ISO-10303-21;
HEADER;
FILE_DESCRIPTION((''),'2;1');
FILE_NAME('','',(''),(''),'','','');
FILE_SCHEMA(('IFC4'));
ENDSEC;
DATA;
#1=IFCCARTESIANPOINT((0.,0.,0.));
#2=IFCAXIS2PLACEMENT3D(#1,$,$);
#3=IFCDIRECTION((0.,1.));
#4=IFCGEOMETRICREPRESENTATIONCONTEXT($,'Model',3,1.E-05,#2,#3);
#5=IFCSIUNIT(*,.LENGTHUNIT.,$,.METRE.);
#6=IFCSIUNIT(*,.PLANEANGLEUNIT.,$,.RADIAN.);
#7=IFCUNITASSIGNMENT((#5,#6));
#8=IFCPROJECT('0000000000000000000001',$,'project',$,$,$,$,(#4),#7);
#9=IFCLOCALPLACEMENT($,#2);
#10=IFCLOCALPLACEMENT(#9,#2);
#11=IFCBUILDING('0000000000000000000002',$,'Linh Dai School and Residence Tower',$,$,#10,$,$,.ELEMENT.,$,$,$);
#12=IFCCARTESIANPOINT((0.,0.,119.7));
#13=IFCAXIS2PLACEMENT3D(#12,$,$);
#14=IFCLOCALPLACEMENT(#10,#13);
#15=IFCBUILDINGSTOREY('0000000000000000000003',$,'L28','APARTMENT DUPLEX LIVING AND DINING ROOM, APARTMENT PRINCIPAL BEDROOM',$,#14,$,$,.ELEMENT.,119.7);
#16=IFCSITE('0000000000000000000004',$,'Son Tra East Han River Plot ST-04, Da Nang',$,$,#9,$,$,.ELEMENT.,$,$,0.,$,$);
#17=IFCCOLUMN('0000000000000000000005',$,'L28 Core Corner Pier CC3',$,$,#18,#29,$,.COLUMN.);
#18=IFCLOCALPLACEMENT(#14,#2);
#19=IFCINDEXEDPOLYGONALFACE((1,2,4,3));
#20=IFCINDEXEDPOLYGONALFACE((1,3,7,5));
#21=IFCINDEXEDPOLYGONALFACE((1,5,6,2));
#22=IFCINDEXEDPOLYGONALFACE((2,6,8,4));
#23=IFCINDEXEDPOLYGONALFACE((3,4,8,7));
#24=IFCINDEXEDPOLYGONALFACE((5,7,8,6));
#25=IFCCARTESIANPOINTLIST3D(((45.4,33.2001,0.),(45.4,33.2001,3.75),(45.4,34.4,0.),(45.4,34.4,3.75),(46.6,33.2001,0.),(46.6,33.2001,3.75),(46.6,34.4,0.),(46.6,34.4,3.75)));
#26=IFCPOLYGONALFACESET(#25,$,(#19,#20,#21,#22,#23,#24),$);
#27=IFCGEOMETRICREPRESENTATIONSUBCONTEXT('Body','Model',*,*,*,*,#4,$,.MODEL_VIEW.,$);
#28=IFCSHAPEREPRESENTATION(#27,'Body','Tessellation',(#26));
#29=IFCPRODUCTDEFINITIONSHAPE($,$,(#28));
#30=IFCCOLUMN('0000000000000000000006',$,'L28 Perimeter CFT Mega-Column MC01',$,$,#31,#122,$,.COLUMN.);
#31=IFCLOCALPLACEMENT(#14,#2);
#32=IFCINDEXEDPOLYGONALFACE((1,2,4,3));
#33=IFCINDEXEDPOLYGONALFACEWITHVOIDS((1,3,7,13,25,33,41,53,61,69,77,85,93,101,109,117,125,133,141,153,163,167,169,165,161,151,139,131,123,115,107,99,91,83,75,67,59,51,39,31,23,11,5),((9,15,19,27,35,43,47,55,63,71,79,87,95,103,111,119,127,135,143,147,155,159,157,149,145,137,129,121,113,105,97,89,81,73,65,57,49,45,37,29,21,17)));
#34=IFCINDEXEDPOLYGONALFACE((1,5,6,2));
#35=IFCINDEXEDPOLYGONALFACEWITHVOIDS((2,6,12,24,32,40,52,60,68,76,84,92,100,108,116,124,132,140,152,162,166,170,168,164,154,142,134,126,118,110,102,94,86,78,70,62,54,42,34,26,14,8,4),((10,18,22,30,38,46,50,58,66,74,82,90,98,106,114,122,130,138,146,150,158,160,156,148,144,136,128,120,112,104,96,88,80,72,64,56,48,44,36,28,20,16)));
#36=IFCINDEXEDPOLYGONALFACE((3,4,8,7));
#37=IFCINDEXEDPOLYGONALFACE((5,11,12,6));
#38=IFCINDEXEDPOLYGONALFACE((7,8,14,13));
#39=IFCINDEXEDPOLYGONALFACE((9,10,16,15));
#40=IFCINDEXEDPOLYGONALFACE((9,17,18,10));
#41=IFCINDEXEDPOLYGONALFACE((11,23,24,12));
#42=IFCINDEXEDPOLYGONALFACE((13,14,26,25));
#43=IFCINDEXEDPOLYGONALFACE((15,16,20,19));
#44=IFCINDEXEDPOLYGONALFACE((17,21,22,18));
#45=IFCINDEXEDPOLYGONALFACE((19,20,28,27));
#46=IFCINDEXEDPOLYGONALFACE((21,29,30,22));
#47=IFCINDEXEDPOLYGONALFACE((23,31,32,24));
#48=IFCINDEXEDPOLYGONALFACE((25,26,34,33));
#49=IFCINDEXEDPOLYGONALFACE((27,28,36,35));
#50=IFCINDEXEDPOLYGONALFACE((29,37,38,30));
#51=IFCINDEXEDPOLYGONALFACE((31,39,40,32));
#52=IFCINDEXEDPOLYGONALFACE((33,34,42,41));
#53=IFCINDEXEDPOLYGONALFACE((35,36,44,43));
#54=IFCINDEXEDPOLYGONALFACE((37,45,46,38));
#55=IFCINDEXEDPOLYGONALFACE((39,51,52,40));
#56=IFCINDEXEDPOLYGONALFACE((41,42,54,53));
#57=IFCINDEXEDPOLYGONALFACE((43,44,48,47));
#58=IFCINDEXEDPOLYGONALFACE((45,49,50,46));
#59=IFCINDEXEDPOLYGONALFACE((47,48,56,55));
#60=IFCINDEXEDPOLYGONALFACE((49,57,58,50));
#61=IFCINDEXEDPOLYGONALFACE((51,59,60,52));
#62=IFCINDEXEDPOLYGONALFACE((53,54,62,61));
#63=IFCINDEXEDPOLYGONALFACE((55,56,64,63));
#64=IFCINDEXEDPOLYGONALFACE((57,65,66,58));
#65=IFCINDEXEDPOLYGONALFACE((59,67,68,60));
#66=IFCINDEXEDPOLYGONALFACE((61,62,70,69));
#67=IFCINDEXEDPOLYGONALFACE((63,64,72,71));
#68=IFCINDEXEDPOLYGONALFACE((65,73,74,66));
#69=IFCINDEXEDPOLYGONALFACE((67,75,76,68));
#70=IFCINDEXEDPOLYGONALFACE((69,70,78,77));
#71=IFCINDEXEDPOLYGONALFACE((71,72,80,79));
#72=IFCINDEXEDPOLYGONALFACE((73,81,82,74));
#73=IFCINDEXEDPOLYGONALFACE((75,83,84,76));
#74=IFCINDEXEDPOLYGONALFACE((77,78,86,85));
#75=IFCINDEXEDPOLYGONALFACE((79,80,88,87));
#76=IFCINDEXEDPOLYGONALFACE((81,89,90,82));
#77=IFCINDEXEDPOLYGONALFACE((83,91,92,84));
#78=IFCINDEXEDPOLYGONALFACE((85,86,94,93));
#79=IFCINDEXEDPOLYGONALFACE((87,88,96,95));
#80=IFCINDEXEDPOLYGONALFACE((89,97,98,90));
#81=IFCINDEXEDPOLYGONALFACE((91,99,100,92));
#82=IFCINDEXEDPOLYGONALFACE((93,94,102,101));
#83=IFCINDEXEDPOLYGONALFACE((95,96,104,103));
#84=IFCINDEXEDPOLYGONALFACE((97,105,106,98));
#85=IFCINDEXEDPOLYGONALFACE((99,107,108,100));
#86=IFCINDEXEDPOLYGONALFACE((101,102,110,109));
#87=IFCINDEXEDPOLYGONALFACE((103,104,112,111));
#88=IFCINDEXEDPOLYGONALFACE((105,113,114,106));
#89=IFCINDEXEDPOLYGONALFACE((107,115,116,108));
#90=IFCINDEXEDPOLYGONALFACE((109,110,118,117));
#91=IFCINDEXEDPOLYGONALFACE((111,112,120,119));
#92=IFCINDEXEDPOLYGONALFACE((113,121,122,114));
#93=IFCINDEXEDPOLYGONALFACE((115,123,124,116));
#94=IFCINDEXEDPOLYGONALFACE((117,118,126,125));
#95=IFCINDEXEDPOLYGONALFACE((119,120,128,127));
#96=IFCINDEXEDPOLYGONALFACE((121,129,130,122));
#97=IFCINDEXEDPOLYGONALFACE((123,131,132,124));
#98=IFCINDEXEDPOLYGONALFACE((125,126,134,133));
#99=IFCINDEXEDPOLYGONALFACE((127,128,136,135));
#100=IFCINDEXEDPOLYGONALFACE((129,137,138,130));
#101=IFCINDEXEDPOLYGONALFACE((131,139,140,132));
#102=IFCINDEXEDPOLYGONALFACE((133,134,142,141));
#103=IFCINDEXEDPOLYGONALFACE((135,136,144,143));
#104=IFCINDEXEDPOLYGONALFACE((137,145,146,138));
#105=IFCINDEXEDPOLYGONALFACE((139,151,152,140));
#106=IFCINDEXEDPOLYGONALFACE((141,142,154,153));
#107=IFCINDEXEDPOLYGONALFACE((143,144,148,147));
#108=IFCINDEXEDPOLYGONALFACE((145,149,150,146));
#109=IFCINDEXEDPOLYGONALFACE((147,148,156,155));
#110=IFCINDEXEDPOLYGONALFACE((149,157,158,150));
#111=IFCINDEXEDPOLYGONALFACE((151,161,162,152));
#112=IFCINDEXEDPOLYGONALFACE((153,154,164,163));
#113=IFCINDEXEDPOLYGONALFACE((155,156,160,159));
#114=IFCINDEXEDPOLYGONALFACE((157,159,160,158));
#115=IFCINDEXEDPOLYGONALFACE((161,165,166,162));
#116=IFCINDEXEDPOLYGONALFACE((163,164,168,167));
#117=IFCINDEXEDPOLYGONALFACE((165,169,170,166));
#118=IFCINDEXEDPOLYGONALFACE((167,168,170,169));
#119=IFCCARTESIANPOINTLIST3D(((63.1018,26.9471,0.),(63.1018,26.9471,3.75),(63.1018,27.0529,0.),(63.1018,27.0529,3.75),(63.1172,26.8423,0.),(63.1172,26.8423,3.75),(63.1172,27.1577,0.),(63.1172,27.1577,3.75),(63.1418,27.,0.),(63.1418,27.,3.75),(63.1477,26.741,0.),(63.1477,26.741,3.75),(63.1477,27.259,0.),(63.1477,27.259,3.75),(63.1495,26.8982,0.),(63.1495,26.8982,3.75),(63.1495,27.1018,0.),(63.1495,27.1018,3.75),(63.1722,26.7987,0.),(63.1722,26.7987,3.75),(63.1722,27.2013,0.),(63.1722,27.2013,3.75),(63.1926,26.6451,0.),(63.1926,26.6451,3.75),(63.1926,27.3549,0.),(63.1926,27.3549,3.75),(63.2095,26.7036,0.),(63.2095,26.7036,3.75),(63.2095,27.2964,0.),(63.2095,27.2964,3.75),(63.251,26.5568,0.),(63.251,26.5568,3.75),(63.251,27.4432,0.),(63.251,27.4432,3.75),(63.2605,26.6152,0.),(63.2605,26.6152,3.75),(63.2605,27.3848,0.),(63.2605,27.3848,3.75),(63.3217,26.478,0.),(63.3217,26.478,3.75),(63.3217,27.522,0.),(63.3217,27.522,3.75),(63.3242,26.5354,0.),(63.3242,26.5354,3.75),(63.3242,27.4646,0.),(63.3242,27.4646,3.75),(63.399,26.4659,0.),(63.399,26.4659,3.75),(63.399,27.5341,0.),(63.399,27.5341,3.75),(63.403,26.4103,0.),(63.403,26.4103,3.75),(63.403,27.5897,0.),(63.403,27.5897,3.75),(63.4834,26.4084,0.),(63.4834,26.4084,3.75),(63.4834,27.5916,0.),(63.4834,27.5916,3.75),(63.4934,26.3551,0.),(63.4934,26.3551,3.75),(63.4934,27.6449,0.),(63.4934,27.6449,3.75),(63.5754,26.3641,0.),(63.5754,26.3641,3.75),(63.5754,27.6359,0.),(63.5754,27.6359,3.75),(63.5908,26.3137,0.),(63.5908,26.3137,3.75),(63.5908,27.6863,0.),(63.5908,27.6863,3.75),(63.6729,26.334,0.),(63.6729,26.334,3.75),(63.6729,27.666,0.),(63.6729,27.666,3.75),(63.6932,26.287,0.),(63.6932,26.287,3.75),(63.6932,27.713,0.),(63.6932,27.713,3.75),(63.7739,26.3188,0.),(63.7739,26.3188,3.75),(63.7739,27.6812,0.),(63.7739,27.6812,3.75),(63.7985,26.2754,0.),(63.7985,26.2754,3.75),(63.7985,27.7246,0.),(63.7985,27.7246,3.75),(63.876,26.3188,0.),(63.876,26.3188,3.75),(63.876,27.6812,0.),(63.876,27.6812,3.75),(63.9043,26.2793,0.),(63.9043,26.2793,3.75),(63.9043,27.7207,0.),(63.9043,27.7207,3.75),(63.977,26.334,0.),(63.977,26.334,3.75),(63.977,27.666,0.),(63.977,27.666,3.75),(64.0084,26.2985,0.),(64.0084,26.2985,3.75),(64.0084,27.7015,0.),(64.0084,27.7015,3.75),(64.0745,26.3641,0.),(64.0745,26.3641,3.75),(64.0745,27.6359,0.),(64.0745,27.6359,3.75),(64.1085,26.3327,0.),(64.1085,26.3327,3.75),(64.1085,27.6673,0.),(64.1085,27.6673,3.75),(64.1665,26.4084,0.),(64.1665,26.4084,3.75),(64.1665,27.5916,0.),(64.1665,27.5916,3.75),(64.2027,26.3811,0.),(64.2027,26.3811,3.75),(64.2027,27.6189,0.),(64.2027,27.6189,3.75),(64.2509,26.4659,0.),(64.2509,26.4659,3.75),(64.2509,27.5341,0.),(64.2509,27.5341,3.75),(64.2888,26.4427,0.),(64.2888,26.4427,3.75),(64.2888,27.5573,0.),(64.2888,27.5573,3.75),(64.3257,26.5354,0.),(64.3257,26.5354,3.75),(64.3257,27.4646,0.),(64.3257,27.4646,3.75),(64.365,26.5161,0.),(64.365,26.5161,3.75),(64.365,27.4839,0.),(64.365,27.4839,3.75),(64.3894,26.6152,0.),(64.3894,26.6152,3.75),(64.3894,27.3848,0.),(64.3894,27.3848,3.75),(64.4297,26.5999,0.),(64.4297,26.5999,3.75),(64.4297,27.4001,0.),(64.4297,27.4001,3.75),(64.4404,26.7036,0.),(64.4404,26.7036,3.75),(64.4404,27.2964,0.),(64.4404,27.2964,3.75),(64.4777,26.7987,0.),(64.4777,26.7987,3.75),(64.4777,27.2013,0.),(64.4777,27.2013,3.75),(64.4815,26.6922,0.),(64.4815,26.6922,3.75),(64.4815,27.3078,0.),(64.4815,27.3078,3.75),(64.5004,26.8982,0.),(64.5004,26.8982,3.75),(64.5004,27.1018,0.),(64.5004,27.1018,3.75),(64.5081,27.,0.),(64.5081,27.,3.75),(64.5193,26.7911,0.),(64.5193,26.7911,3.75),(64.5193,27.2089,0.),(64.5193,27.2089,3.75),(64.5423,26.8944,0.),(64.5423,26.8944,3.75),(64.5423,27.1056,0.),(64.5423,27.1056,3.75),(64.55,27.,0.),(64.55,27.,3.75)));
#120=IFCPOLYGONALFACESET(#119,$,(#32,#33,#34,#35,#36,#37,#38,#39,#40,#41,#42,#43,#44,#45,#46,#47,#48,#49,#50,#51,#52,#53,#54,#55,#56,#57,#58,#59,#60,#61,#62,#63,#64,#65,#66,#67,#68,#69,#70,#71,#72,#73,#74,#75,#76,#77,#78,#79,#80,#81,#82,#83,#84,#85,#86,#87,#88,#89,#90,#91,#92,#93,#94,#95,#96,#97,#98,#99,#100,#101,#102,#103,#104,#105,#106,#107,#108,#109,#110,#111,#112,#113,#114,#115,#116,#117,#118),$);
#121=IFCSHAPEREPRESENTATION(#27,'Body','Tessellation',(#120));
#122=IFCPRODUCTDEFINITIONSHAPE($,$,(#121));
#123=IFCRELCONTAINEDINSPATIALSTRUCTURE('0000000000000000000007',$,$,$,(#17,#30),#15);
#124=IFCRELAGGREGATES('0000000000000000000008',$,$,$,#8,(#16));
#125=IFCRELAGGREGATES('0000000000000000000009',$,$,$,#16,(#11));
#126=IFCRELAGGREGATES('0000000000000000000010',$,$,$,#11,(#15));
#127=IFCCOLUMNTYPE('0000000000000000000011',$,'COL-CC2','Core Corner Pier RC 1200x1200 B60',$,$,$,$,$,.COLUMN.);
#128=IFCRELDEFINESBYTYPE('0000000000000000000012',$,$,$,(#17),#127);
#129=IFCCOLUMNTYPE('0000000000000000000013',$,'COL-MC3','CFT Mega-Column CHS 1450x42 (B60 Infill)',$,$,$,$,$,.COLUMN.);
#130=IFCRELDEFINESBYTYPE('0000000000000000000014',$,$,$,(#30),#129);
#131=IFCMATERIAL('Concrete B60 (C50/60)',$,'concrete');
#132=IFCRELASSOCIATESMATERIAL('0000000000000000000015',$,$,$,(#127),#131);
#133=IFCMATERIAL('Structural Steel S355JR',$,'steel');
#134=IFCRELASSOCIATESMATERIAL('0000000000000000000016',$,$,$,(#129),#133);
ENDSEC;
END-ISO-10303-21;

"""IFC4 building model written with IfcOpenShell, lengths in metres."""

from ifc_helpers import new_model, si_unit, direction, frame, origin, origin_2d, place, context, subcontext, project, spatial, rectangle, hollow_circle, extrude, material, material_profile, profile_set, type_object, element, save


model = new_model("IFC4")

# Units and contexts
model_context = context("Model", 3, precision=1e-05, world=origin(), true_north=direction((0.0, 1.0)))
body_context = subcontext(model_context, "Body", "Model", "MODEL_VIEW")
ifc_project = project(units=[si_unit("LENGTHUNIT", "METRE"), si_unit("PLANEANGLEUNIT", "RADIAN")], contexts=[model_context])

# Site, building, storey
site_placement = place(None, origin())
site = spatial("IfcSite", under=ifc_project, at=site_placement, Name="Son Tra East Han River Plot ST-04, Da Nang", CompositionType="ELEMENT", RefElevation=0.0)
building_placement = place(site_placement, origin())
building = spatial("IfcBuilding", under=site, at=building_placement, Name="Linh Dai School and Residence Tower", CompositionType="ELEMENT")
storey_placement = place(building_placement, frame((0.0, 0.0, 119.7)))
storey = spatial("IfcBuildingStorey", under=building, at=storey_placement, Name="L28", Description="APARTMENT DUPLEX LIVING AND DINING ROOM, APARTMENT PRINCIPAL BEDROOM", CompositionType="ELEMENT", Elevation=119.7)

# Columns
ifc_material_1 = material(Name="Concrete B60 (C50/60)", Category="concrete")
ifc_material_profile_1 = material_profile(ifc_material_1, rectangle(XDim=1.2, YDim=1.2, at=origin_2d()), Name="RC 1200x1200")
ifc_profile_set_1 = profile_set([ifc_material_profile_1], Name="Concrete B60 (C50/60)")
column_type_1 = type_object("IfcColumnType", Name="COL-CC2", Description="Core Corner Pier RC 1200x1200 B60", PredefinedType="COLUMN", material=ifc_profile_set_1)
column_1_placement = place(storey_placement, frame((46.0, 33.8, 0.0), z_axis=(0.0, 0.0, 1.0), x_axis=(1.0, 0.0, 0.0)))
element("IfcColumn", 1, at=column_1_placement, inside=storey, type_object=column_type_1, Name="L28 Core Corner Pier CC3", PredefinedType="COLUMN", context=body_context, shape_type="SweptSolid", body=[
    extrude(rectangle(XDim=1.2, YDim=1.2, at=origin_2d()), origin(), (0.0, 0.0, 1.0), 3.75),
])
ifc_material_2 = material(Name="Structural Steel S355JR", Category="steel")
ifc_material_profile_2 = material_profile(ifc_material_2, hollow_circle(Radius=0.7251, WallThickness=0.042, at=origin_2d()), Name="CHS 1450x42")
ifc_profile_set_2 = profile_set([ifc_material_profile_2], Name="Structural Steel S355JR")
column_type_2 = type_object("IfcColumnType", Name="COL-MC3", Description="CFT Mega-Column CHS 1450x42 (B60 Infill)", PredefinedType="COLUMN", material=ifc_profile_set_2)
for number, where, z_axis, x_axis, name in (
    (2, (63.825, 27.0, 0.0), (0.0, 0.0, 1.0), (1.0, 0.0, 0.0), "L28 Perimeter CFT Mega-Column MC01"),
):
    element("IfcColumn", number, at=place(storey_placement, frame(where, z_axis=z_axis, x_axis=x_axis)), inside=storey, type_object=column_type_2, Name=name, PredefinedType="COLUMN", context=body_context, shape_type="SweptSolid", body=[
        extrude(hollow_circle(Radius=0.7251, WallThickness=0.042, at=origin_2d()), origin(), (0.0, 0.0, 1.0), 3.75),
    ])

save(model, "model.ifc")
